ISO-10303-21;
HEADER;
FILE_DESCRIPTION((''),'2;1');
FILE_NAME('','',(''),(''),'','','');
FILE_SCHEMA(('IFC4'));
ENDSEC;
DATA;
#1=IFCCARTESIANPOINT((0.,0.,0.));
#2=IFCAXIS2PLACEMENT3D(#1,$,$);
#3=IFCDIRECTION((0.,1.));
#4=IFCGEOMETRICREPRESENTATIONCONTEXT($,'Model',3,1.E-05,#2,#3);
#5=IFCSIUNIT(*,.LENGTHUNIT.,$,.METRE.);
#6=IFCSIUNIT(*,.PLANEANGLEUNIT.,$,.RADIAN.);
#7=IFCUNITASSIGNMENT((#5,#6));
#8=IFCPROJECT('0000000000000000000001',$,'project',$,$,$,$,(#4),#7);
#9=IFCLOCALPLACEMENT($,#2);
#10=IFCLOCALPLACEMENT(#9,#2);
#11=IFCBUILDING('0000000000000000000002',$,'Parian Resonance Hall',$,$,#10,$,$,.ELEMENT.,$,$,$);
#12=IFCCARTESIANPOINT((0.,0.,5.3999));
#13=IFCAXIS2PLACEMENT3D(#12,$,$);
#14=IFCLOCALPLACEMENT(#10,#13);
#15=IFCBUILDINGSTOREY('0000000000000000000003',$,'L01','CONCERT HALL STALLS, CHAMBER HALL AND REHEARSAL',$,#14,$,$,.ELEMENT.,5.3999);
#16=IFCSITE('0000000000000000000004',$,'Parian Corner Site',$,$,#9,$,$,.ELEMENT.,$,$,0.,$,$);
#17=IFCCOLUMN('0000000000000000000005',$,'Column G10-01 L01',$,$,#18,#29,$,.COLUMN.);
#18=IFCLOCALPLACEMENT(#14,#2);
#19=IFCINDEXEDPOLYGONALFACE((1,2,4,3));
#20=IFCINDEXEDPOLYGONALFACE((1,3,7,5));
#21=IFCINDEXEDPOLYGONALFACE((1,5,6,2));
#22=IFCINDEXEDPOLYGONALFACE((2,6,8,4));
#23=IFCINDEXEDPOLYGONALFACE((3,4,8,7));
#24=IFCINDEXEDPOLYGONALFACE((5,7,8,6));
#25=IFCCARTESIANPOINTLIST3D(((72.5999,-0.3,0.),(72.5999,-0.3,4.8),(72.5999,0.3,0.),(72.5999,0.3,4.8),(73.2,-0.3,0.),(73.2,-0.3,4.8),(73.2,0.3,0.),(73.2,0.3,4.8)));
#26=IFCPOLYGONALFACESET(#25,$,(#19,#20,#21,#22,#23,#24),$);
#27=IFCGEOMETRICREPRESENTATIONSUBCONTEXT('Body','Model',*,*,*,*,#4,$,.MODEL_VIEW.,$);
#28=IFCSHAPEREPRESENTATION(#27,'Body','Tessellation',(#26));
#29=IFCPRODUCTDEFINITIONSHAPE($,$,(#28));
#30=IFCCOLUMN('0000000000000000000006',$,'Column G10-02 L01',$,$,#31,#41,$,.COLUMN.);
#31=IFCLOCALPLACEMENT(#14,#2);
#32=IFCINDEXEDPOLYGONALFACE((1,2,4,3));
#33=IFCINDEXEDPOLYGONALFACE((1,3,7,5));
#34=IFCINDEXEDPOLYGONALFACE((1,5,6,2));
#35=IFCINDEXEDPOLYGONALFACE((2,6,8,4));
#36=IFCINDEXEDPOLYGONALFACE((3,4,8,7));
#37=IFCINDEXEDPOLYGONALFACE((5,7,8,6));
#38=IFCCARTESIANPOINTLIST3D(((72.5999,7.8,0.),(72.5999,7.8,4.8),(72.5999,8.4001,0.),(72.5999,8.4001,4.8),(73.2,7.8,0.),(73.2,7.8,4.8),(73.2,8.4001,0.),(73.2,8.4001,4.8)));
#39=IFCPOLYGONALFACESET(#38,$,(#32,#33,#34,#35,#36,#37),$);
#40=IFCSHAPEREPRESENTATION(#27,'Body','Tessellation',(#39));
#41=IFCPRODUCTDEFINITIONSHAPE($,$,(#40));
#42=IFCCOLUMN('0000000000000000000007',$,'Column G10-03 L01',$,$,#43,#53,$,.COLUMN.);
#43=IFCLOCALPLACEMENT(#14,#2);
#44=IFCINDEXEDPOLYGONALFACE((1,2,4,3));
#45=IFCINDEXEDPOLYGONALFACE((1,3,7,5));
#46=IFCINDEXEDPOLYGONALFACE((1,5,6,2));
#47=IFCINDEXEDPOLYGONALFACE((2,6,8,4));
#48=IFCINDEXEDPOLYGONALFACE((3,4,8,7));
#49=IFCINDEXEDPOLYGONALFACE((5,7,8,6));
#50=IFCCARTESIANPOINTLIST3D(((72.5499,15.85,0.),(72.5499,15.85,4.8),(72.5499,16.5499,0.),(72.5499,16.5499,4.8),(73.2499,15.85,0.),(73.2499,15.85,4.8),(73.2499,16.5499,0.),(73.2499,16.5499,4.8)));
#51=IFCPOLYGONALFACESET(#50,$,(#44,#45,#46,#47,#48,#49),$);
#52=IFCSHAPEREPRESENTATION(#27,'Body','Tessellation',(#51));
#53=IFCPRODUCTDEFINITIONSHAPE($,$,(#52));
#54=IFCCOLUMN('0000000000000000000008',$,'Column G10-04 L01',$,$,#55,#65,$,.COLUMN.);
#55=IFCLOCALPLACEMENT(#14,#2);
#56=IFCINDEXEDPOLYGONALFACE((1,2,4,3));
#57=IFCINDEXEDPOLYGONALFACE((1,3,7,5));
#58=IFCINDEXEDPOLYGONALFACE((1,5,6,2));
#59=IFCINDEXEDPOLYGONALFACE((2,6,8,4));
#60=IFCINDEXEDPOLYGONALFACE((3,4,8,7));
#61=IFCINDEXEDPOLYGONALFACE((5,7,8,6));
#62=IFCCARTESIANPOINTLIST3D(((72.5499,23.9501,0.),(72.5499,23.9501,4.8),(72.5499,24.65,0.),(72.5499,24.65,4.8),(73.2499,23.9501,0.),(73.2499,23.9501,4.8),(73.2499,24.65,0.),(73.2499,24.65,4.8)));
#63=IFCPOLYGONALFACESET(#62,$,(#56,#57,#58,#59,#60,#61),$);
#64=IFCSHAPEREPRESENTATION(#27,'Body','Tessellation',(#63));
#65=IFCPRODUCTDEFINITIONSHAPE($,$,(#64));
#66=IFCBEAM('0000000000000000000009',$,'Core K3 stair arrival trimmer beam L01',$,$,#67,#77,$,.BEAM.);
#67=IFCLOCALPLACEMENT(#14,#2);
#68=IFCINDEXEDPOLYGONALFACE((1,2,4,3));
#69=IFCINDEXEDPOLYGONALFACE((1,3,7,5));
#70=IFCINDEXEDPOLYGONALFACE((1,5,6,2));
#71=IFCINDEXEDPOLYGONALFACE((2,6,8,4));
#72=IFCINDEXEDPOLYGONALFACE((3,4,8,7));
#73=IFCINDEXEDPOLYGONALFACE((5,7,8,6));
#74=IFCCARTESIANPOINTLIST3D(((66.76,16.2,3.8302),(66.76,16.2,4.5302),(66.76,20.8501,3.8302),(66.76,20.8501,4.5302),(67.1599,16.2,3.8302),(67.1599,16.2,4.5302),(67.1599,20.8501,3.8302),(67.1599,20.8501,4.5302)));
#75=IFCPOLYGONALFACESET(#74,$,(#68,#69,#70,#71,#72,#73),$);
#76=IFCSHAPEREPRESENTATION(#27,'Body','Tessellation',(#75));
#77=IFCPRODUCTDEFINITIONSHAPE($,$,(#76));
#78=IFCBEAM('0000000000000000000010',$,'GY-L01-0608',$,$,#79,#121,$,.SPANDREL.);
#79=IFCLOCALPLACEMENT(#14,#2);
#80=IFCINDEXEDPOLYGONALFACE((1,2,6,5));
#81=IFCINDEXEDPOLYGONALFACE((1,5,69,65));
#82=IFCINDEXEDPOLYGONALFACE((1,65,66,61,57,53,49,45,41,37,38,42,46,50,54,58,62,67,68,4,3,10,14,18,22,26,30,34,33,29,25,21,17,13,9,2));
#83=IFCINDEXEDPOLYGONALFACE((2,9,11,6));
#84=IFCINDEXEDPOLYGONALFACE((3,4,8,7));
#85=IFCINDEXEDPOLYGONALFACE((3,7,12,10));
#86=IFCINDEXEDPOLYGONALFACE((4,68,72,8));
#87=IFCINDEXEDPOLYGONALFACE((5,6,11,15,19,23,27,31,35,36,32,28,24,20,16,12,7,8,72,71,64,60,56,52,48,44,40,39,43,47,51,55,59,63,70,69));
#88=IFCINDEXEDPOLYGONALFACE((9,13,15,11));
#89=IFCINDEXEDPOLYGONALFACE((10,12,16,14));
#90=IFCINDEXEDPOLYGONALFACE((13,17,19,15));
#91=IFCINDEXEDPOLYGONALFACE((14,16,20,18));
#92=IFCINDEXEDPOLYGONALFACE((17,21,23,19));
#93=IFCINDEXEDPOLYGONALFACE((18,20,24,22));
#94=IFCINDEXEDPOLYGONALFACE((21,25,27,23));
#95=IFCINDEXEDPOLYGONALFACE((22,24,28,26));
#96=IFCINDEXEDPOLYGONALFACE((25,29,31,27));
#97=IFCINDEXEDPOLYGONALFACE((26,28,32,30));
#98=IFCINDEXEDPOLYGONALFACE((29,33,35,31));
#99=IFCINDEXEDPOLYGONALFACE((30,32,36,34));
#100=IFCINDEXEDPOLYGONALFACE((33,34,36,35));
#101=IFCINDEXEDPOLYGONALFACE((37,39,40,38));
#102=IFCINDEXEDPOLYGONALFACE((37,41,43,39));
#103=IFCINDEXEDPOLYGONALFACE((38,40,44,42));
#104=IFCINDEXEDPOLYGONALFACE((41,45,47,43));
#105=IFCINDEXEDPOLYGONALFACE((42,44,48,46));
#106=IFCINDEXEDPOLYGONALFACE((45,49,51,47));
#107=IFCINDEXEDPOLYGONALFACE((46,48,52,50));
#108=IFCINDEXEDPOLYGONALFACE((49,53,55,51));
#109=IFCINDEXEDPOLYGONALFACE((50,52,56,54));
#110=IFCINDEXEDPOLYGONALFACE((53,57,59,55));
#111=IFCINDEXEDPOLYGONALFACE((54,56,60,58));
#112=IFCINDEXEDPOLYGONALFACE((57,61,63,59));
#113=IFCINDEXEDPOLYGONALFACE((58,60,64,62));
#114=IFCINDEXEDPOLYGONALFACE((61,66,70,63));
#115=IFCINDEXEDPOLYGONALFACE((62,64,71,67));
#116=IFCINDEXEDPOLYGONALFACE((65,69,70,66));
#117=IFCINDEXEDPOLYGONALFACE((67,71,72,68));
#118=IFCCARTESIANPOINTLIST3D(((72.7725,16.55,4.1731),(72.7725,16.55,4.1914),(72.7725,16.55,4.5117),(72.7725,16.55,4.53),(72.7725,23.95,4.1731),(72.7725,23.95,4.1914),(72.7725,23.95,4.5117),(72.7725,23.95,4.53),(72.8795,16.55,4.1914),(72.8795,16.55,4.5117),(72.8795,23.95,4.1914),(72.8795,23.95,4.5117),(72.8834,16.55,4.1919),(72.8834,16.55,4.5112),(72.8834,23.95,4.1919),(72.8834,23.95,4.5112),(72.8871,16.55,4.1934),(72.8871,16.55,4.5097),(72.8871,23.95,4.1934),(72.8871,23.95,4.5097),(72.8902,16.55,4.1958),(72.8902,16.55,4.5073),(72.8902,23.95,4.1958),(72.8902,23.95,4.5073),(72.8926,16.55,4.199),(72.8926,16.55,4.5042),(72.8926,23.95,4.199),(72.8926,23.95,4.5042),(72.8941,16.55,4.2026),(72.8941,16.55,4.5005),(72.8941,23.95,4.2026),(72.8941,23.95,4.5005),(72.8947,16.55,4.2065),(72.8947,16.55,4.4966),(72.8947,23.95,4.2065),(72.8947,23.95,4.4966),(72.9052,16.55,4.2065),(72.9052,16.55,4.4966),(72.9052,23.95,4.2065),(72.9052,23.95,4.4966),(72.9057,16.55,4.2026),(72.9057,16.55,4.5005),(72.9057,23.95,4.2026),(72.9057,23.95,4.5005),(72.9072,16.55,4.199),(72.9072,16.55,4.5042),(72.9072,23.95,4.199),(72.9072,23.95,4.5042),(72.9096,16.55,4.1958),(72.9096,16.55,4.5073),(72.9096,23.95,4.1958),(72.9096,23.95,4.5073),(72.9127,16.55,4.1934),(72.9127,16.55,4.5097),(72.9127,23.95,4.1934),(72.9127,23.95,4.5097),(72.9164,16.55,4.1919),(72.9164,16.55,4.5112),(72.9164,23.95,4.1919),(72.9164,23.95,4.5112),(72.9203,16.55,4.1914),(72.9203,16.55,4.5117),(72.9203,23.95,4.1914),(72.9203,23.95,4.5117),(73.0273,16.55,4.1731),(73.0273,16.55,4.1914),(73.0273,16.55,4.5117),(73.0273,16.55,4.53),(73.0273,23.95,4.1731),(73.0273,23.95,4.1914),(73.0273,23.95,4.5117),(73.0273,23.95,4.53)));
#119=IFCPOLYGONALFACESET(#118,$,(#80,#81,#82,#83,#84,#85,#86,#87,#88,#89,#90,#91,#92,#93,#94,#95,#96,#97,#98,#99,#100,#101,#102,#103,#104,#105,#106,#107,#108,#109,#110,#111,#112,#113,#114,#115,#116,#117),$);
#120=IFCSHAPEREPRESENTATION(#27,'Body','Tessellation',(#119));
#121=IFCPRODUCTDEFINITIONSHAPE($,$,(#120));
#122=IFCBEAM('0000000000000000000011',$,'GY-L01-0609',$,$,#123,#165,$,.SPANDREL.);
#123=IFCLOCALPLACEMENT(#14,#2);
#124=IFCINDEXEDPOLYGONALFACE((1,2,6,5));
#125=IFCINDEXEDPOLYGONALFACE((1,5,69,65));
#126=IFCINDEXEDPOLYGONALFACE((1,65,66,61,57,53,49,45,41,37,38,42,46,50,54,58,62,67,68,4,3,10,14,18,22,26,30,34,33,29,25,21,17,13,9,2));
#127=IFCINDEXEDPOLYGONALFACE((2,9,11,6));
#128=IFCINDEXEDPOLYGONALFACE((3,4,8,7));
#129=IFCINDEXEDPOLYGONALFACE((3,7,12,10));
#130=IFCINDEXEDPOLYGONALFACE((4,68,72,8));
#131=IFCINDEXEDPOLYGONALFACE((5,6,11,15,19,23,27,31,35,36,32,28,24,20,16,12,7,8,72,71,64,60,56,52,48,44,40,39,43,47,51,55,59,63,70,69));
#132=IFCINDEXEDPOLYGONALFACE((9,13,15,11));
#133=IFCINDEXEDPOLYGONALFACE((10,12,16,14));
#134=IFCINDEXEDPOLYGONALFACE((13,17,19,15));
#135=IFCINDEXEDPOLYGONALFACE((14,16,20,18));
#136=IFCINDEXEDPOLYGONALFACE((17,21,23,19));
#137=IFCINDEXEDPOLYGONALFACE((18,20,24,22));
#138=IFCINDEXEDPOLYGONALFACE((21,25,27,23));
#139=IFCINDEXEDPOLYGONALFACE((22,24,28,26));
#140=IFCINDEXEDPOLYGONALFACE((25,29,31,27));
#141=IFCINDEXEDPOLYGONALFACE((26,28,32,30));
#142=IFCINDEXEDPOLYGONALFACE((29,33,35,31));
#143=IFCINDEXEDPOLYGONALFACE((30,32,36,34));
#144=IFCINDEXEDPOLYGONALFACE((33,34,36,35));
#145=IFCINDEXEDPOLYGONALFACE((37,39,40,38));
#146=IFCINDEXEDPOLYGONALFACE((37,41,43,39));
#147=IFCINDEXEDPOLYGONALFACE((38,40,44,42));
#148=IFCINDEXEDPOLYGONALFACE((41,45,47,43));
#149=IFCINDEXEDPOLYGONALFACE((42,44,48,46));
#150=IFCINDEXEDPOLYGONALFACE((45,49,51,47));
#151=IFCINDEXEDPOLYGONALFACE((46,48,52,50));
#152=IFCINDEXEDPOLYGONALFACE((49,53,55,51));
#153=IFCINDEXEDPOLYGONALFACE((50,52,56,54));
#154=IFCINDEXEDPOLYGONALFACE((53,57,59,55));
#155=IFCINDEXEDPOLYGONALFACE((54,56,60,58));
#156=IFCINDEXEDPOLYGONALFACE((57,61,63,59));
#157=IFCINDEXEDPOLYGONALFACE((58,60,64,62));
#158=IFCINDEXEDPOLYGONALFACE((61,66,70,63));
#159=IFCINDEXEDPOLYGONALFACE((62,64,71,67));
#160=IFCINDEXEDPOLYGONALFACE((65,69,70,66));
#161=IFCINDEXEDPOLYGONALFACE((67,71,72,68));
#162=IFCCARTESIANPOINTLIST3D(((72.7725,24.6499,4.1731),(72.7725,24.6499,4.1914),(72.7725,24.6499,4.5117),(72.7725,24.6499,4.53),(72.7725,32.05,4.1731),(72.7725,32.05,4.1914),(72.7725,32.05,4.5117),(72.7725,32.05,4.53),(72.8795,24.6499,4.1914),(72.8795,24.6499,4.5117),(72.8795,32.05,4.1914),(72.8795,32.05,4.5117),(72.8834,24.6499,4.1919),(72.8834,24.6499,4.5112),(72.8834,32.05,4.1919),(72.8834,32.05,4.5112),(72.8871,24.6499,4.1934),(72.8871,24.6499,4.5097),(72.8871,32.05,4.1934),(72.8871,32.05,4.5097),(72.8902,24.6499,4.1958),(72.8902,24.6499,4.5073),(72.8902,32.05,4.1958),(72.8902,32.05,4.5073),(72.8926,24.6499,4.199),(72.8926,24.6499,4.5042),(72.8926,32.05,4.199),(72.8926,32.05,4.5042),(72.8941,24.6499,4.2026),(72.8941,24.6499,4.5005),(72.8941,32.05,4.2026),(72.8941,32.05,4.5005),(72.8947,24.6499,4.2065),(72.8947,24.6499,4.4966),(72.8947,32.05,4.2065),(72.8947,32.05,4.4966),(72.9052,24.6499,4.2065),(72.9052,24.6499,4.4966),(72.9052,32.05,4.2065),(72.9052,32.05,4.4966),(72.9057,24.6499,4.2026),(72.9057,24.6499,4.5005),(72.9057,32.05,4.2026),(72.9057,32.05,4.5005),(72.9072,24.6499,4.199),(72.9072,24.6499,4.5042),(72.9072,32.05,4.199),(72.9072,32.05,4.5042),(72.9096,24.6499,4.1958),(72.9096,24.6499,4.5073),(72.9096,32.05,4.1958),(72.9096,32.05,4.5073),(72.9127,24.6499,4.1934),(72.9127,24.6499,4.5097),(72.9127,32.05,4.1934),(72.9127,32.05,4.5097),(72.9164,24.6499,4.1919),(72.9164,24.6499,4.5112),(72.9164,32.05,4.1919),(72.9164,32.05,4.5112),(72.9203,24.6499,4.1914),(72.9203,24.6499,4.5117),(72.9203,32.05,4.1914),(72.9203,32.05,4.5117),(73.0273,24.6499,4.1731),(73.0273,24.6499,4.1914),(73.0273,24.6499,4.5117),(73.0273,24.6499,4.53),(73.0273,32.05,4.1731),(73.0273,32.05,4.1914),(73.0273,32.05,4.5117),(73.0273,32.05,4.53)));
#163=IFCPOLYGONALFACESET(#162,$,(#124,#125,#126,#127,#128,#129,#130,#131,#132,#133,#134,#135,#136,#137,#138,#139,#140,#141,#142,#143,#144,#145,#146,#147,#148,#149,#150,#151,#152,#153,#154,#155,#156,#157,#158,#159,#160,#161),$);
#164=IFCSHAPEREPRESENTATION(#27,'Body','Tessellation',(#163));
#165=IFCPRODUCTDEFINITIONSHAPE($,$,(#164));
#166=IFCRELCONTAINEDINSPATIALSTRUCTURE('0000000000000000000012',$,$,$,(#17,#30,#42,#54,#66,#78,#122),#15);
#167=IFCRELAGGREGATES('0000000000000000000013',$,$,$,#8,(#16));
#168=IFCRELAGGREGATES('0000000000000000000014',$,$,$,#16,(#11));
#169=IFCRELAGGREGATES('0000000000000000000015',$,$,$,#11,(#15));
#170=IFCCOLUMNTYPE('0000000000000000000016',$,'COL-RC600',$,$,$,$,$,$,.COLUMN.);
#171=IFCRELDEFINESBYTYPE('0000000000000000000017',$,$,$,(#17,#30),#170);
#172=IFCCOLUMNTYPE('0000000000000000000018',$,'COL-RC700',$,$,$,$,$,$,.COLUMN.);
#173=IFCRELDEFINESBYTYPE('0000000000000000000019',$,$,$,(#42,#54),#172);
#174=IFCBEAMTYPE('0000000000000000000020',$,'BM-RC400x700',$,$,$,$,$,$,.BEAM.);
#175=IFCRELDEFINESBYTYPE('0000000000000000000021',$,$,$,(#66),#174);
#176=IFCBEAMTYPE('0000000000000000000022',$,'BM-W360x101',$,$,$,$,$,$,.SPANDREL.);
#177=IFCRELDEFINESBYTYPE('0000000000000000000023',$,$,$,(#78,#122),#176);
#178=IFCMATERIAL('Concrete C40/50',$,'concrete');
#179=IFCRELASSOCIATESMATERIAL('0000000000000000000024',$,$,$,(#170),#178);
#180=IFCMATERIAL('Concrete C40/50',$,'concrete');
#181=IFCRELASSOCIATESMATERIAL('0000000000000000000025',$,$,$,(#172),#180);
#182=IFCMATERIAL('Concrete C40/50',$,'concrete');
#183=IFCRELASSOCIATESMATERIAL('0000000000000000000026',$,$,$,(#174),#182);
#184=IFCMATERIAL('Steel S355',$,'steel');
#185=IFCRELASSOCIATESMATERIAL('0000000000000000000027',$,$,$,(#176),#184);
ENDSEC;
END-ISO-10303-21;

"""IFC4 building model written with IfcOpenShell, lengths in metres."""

from ifc_helpers import new_model, si_unit, direction, frame, origin, origin_2d, place, context, subcontext, project, spatial, rectangle, i_section, extrude, material, material_profile, profile_set, type_object, element, save


model = new_model("IFC4")

# Units and contexts
model_context = context("Model", 3, precision=1e-05, world=origin(), true_north=direction((0.0, 1.0)))
body_context = subcontext(model_context, "Body", "Model", "MODEL_VIEW")
ifc_project = project(units=[si_unit("LENGTHUNIT", "METRE"), si_unit("PLANEANGLEUNIT", "RADIAN")], contexts=[model_context])

# Site, building, storey
site_placement = place(None, origin())
site = spatial("IfcSite", under=ifc_project, at=site_placement, Name="Parian Corner Site", CompositionType="ELEMENT", RefElevation=0.0)
building_placement = place(site_placement, origin())
building = spatial("IfcBuilding", under=site, at=building_placement, Name="Parian Resonance Hall", CompositionType="ELEMENT")
storey_placement = place(building_placement, frame((0.0, 0.0, 5.3999)))
storey = spatial("IfcBuildingStorey", under=building, at=storey_placement, Name="L01", Description="CONCERT HALL STALLS, CHAMBER HALL AND REHEARSAL", CompositionType="ELEMENT", Elevation=5.3999)

# Columns
ifc_material_1 = material(Name="Concrete C40/50", Category="concrete")
ifc_material_profile_1 = material_profile(ifc_material_1, rectangle(XDim=0.6001, YDim=0.6001, at=origin_2d()), Name="RC-COL-600x600")
ifc_profile_set_1 = profile_set([ifc_material_profile_1], Name="Concrete C40/50")
column_type_1 = type_object("IfcColumnType", Name="COL-RC600", PredefinedType="COLUMN", material=ifc_profile_set_1)
for number, where, z_axis, x_axis, name in (
    (1, (72.8999, 0.0, 0.0), (0.0, 0.0, 1.0), (1.0, 0.0, 0.0), "Column G10-01 L01"),
    (2, (72.8999, 8.1001, 0.0), (0.0, 0.0, 1.0), (1.0, 0.0, 0.0), "Column G10-02 L01"),
):
    element("IfcColumn", number, at=place(storey_placement, frame(where, z_axis=z_axis, x_axis=x_axis)), inside=storey, type_object=column_type_1, Name=name, PredefinedType="COLUMN", context=body_context, shape_type="SweptSolid", body=[
        extrude(rectangle(XDim=0.6001, YDim=0.6001, at=origin_2d()), origin(), (0.0, 0.0, 1.0), 4.8),
    ])
ifc_material_2 = material(Name="Concrete C40/50", Category="concrete")
ifc_material_profile_2 = material_profile(ifc_material_2, rectangle(XDim=0.7, YDim=0.7, at=origin_2d()), Name="RC-COL-700x700")
ifc_profile_set_2 = profile_set([ifc_material_profile_2], Name="Concrete C40/50")
column_type_2 = type_object("IfcColumnType", Name="COL-RC700", PredefinedType="COLUMN", material=ifc_profile_set_2)
for number, where, z_axis, x_axis, name in (
    (3, (72.8999, 16.2, 0.0), (0.0, 0.0, 1.0), (1.0, 0.0, 0.0), "Column G10-03 L01"),
    (4, (72.8999, 24.3, 0.0), (0.0, 0.0, 1.0), (1.0, 0.0, 0.0), "Column G10-04 L01"),
):
    element("IfcColumn", number, at=place(storey_placement, frame(where, z_axis=z_axis, x_axis=x_axis)), inside=storey, type_object=column_type_2, Name=name, PredefinedType="COLUMN", context=body_context, shape_type="SweptSolid", body=[
        extrude(rectangle(XDim=0.7, YDim=0.7, at=origin_2d()), origin(), (0.0, 0.0, 1.0), 4.8),
    ])

# Beams
ifc_material_3 = material(Name="Concrete C40/50", Category="concrete")
ifc_material_profile_3 = material_profile(ifc_material_3, rectangle(XDim=0.3999, YDim=0.7, at=origin_2d()), Name="RC-BM-400x700")
ifc_profile_set_3 = profile_set([ifc_material_profile_3], Name="Concrete C40/50")
beam_type_1 = type_object("IfcBeamType", Name="BM-RC400x700", PredefinedType="BEAM", material=ifc_profile_set_3)
beam_1_placement = place(storey_placement, frame((66.96, 16.2, 4.1802), z_axis=(0.0, 1.0, 0.0), x_axis=(-1.0, 0.0, 0.0)))
element("IfcBeam", 5, at=beam_1_placement, inside=storey, type_object=beam_type_1, Name="Core K3 stair arrival trimmer beam L01", PredefinedType="BEAM", context=body_context, shape_type="SweptSolid", body=[
    extrude(rectangle(XDim=0.3999, YDim=0.7, at=origin_2d()), origin(), (0.0, 0.0, 1.0), 4.6501),
])
ifc_material_4 = material(Name="Steel S355", Category="steel")
ifc_material_profile_4 = material_profile(ifc_material_4, i_section(OverallWidth=0.2549, OverallDepth=0.3569, WebThickness=0.0105, FlangeThickness=0.0183, FilletRadius=0.0151, at=origin_2d()), Name="W360x101")
ifc_profile_set_4 = profile_set([ifc_material_profile_4], Name="Steel S355")
beam_type_2 = type_object("IfcBeamType", Name="BM-W360x101", PredefinedType="SPANDREL", material=ifc_profile_set_4)
beam_2_placement = place(storey_placement, frame((72.8999, 16.55, 4.3516), z_axis=(0.0, 1.0, 0.0), x_axis=(-1.0, 0.0, 0.0)))
element("IfcBeam", 6, at=beam_2_placement, inside=storey, type_object=beam_type_2, Name="GY-L01-0608", PredefinedType="SPANDREL", context=body_context, shape_type="SweptSolid", body=[
    extrude(i_section(OverallWidth=0.2549, OverallDepth=0.3569, WebThickness=0.0105, FlangeThickness=0.0183, FilletRadius=0.0151, at=origin_2d()), origin(), (0.0, 0.0, 1.0), 7.3999),
])
beam_3_placement = place(storey_placement, frame((72.8999, 24.6499, 4.3516), z_axis=(0.0, 1.0, 0.0), x_axis=(-1.0, 0.0, 0.0)))
element("IfcBeam", 7, at=beam_3_placement, inside=storey, type_object=beam_type_2, Name="GY-L01-0609", PredefinedType="SPANDREL", context=body_context, shape_type="SweptSolid", body=[
    extrude(i_section(OverallWidth=0.2549, OverallDepth=0.3569, WebThickness=0.0105, FlangeThickness=0.0183, FilletRadius=0.0151, at=origin_2d()), origin(), (0.0, 0.0, 1.0), 7.4001),
])

save(model, "model.ifc")
